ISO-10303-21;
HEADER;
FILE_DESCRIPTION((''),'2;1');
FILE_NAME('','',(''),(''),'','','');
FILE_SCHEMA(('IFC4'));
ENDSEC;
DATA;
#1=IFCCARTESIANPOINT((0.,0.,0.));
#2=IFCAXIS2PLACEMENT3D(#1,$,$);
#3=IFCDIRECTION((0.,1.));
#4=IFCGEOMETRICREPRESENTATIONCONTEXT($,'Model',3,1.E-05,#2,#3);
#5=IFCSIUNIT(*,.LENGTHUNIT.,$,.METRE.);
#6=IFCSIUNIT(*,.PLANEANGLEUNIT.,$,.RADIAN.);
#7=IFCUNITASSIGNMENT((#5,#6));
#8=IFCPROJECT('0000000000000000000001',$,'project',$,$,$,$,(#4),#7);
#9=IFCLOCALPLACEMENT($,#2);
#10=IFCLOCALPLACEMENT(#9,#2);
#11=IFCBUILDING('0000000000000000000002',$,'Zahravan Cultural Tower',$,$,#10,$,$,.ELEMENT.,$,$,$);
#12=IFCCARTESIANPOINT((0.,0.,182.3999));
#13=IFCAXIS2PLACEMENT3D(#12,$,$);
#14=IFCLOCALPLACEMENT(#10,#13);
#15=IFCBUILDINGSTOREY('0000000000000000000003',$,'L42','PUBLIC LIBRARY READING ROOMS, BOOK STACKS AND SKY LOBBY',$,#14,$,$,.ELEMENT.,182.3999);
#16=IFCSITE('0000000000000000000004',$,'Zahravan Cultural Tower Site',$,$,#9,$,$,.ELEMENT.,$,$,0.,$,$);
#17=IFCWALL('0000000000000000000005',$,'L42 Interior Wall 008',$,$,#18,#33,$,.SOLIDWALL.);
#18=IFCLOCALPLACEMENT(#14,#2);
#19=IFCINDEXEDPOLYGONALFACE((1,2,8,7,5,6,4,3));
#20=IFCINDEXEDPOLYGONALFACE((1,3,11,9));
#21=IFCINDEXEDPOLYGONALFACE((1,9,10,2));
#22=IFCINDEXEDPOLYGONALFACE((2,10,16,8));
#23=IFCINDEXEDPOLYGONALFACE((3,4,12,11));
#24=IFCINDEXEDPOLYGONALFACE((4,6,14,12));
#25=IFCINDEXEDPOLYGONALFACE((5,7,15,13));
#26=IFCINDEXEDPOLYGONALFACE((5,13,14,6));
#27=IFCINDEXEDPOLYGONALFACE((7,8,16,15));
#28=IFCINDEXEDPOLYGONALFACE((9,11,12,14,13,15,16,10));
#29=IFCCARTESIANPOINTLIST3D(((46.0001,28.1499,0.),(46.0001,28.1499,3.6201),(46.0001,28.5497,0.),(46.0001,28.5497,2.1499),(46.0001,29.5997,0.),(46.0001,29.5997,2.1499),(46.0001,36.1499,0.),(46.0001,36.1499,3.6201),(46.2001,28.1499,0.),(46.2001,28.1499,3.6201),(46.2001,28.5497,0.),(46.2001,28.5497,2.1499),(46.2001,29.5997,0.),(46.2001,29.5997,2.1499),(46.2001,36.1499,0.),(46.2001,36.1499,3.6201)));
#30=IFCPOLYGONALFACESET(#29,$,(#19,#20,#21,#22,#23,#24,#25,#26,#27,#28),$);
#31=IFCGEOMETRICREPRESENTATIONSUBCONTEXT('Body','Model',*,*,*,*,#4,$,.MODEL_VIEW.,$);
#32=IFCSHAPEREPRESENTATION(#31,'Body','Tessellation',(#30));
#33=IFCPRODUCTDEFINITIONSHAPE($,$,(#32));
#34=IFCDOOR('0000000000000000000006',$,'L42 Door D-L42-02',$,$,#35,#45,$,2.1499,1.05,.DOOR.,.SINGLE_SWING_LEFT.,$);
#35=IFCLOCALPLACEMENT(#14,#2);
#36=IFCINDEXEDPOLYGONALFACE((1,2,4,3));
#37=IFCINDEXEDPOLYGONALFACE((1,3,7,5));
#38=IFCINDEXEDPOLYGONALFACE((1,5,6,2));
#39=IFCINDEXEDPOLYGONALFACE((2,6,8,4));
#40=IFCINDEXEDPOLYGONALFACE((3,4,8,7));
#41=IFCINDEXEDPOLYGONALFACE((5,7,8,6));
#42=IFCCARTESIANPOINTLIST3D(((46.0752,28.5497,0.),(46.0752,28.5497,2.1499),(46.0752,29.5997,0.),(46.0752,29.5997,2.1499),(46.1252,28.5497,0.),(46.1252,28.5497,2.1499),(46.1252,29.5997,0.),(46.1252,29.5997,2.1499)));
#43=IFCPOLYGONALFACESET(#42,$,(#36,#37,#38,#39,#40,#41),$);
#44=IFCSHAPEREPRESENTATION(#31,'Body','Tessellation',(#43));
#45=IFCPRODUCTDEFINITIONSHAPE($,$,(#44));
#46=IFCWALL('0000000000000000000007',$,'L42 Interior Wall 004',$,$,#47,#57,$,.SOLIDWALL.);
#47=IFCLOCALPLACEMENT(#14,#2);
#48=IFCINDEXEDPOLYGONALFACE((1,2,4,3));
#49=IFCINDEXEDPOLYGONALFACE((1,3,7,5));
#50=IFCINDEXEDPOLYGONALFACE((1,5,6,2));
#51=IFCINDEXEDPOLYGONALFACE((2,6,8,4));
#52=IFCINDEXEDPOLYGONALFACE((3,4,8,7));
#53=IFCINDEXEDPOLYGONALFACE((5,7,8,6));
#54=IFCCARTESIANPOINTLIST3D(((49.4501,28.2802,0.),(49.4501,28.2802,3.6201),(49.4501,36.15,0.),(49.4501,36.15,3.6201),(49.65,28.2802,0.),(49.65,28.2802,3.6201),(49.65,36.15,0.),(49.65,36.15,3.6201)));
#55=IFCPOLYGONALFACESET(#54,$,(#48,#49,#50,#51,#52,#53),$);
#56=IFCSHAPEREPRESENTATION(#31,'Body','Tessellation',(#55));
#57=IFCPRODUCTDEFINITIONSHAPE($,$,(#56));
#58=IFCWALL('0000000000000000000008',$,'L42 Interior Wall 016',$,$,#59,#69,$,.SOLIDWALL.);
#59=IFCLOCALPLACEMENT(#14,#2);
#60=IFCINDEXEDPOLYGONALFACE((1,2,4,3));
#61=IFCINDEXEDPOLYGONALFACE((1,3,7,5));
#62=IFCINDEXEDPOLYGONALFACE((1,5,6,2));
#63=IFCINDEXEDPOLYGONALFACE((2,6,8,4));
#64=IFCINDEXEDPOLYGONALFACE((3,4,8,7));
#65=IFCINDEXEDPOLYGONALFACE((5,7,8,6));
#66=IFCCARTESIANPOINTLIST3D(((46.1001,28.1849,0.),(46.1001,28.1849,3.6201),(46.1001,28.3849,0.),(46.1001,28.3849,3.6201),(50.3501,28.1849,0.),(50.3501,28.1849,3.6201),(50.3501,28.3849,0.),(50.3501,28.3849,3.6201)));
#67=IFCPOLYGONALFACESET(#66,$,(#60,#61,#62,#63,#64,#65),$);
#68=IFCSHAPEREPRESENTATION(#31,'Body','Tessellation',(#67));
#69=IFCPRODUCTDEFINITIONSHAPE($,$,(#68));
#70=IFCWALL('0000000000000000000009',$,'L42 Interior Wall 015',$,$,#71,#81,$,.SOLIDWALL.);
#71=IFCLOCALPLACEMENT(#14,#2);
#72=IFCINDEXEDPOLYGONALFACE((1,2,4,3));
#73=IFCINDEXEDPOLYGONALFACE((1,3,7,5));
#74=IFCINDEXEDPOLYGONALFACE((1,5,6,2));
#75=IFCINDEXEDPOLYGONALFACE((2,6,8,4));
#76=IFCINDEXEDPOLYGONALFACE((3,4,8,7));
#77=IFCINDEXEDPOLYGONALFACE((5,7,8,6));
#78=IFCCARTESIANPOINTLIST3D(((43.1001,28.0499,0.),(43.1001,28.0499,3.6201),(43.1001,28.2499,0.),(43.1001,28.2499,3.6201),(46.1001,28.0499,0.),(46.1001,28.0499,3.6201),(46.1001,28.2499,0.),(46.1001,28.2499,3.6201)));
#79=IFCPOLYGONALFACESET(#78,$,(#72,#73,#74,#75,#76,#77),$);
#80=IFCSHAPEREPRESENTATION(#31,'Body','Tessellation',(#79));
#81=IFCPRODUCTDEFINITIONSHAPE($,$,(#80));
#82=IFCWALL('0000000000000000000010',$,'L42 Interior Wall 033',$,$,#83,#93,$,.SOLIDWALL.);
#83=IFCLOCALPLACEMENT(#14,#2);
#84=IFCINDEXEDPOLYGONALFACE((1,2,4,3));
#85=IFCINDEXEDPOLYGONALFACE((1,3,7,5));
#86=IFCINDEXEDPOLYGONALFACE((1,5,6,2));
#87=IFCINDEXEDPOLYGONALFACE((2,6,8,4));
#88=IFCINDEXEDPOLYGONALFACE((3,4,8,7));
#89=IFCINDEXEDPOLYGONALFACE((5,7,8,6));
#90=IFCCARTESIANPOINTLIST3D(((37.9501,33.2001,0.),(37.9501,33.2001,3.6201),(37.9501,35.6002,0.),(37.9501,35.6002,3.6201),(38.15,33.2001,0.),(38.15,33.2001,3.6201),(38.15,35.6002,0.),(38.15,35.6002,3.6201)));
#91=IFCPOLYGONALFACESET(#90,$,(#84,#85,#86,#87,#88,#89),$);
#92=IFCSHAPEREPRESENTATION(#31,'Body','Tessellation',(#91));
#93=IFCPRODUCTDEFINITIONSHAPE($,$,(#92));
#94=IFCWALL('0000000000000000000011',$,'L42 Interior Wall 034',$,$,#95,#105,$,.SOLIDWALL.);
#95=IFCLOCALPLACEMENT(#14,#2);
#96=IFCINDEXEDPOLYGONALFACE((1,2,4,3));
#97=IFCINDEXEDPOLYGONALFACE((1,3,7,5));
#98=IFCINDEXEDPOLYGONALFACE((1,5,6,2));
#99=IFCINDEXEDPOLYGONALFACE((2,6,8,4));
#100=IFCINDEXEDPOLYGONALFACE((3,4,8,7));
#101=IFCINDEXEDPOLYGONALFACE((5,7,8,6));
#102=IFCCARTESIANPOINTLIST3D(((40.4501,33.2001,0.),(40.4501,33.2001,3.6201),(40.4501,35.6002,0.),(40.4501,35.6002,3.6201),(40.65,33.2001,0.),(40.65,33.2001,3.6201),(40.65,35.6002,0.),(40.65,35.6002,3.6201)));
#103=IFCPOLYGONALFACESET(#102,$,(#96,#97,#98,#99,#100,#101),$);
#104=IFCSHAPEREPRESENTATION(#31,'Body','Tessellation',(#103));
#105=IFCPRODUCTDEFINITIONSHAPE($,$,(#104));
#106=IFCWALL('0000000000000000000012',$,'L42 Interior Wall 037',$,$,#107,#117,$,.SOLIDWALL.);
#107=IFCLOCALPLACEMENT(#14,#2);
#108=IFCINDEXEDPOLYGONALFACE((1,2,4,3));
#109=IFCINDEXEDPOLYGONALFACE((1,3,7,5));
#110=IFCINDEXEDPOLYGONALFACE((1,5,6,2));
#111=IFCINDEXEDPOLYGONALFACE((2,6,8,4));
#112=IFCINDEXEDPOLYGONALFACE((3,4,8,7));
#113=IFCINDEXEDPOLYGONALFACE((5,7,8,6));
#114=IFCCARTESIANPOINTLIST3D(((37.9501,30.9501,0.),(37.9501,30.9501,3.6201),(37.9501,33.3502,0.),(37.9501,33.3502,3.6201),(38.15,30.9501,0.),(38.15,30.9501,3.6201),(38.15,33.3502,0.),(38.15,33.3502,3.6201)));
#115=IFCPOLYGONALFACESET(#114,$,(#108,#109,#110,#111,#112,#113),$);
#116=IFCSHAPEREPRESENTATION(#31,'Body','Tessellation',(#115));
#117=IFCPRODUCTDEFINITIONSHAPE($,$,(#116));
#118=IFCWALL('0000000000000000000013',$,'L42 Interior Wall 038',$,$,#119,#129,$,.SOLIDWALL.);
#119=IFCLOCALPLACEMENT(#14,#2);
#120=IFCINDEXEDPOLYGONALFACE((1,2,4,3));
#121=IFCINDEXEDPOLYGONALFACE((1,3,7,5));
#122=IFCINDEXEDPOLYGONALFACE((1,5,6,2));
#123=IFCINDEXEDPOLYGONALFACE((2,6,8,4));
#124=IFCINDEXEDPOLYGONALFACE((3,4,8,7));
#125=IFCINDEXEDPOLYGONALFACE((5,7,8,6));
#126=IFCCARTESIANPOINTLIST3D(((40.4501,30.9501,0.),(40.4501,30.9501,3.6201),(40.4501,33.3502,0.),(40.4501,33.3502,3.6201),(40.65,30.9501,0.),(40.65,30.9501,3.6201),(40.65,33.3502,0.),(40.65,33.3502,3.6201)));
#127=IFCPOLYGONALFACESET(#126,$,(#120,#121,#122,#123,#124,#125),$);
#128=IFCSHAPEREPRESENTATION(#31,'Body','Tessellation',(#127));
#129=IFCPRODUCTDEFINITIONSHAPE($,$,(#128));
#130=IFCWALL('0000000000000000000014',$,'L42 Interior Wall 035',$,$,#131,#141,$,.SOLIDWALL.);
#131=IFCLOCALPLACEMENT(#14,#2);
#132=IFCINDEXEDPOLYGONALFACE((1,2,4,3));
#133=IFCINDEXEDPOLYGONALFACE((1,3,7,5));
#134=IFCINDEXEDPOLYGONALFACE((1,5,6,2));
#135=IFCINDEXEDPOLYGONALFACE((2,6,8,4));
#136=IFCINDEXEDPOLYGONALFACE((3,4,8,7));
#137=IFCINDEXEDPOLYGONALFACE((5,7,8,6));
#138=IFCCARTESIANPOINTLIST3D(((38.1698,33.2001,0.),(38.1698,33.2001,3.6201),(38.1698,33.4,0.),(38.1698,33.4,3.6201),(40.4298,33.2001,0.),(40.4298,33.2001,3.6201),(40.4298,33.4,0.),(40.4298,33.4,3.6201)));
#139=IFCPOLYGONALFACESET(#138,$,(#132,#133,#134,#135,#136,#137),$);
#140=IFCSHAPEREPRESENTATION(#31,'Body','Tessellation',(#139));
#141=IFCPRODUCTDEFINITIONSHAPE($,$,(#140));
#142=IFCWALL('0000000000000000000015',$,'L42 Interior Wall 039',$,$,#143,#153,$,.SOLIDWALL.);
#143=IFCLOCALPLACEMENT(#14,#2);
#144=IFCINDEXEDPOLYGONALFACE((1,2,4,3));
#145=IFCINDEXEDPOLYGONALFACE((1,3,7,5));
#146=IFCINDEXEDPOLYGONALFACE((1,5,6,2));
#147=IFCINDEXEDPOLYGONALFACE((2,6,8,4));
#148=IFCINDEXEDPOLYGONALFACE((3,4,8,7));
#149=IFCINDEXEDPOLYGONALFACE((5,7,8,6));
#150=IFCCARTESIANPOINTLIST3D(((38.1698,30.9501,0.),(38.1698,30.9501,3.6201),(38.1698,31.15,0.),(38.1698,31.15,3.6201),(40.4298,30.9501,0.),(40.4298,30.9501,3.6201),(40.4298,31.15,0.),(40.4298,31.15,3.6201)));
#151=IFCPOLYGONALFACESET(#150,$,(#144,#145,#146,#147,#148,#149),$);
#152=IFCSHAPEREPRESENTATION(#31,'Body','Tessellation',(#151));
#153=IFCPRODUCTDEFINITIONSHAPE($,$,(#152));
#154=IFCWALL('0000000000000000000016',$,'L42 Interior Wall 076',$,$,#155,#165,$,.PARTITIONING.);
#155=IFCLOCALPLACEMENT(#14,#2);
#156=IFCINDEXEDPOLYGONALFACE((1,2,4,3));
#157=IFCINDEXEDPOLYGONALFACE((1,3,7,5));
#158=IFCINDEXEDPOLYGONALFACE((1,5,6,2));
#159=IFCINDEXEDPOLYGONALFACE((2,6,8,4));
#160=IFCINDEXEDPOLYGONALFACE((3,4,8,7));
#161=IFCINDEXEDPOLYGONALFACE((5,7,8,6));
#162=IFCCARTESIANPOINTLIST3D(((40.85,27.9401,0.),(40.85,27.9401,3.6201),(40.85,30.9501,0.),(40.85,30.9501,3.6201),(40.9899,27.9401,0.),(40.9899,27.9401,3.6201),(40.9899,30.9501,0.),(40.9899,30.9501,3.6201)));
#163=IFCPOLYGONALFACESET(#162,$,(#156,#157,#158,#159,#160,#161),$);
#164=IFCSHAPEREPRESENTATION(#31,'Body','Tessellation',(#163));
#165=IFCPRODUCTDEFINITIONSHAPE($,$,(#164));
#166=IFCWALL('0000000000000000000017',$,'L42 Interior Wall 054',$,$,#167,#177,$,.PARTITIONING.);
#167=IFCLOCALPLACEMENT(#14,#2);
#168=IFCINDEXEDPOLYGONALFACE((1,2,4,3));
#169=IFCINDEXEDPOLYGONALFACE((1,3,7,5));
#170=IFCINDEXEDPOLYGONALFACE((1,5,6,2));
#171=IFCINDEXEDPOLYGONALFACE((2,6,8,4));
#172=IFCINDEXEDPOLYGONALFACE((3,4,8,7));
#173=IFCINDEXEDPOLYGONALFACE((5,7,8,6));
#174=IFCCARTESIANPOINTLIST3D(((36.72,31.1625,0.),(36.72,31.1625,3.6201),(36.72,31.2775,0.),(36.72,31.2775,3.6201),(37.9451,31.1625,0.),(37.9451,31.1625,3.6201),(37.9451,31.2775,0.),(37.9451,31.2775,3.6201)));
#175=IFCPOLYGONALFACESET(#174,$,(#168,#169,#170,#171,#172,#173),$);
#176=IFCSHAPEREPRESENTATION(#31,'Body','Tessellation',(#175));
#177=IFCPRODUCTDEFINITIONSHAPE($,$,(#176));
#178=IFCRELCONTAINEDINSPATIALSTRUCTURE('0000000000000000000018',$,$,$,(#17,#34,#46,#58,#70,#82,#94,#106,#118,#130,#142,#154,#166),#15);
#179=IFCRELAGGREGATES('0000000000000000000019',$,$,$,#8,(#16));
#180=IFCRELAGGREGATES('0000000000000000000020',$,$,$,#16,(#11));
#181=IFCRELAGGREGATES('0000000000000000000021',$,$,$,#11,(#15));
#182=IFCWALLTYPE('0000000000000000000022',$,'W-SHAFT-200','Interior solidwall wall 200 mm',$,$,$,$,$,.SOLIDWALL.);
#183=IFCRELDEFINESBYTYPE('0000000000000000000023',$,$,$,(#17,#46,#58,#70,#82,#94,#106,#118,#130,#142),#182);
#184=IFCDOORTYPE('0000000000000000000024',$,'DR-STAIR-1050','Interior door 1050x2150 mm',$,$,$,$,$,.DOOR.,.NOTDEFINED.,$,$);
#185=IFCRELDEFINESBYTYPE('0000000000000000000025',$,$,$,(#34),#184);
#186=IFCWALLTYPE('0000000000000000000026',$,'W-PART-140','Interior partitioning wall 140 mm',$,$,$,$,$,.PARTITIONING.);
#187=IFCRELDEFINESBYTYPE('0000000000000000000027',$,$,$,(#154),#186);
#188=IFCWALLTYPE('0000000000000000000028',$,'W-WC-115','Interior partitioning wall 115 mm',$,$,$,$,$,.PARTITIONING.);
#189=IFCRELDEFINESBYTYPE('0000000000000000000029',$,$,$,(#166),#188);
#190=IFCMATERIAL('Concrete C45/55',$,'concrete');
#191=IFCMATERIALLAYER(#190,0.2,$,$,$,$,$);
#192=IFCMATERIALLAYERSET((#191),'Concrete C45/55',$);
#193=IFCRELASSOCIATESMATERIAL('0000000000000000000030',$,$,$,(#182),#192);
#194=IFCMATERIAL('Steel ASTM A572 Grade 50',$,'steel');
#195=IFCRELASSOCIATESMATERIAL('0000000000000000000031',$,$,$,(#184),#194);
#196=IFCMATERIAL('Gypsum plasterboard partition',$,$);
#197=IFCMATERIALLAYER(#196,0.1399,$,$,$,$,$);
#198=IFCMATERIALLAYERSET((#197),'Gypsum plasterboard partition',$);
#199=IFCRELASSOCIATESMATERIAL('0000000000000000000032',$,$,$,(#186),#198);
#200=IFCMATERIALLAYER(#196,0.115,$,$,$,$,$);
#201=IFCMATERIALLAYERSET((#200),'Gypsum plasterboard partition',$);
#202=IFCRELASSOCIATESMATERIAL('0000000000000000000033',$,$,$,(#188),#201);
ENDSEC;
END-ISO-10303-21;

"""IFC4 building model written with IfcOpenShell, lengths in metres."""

from ifc_helpers import new_model, si_unit, direction, frame, frame_2d, origin, place, context, subcontext, project, spatial, rectangle, extrude, source, transform, mapped, material, layer, layer_set, type_object, element, fill, save


model = new_model("IFC4")

# Units and contexts
model_context = context("Model", 3, precision=1e-05, world=origin(), true_north=direction((0.0, 1.0)))
body_context = subcontext(model_context, "Body", "Model", "MODEL_VIEW")
ifc_project = project(units=[si_unit("LENGTHUNIT", "METRE"), si_unit("PLANEANGLEUNIT", "RADIAN")], contexts=[model_context])

# Site, building, storey
site_placement = place(None, origin())
site = spatial("IfcSite", under=ifc_project, at=site_placement, Name="Zahravan Cultural Tower Site", CompositionType="ELEMENT", RefElevation=0.0)
building_placement = place(site_placement, origin())
building = spatial("IfcBuilding", under=site, at=building_placement, Name="Zahravan Cultural Tower", CompositionType="ELEMENT")
storey_placement = place(building_placement, frame((0.0, 0.0, 182.3999)))
storey = spatial("IfcBuildingStorey", under=building, at=storey_placement, Name="L42", Description="PUBLIC LIBRARY READING ROOMS, BOOK STACKS AND SKY LOBBY", CompositionType="ELEMENT", Elevation=182.3999)

# Wall, opening, door
ifc_material_1 = material(Name="Concrete C45/55", Category="concrete")
ifc_layer_1 = layer(ifc_material_1, 0.2)
ifc_layer_set_1 = layer_set([ifc_layer_1], Name="Concrete C45/55")
wall_type_1 = type_object("IfcWallType", Name="W-SHAFT-200", Description="Interior solidwall wall 200 mm", PredefinedType="SOLIDWALL", material=ifc_layer_set_1)
wall_1_placement = place(storey_placement, frame((46.1001, 28.1499, 0.0), z_axis=(0.0, 0.0, 1.0), x_axis=(0.0, 1.0, 0.0)))
wall_1 = element("IfcWall", 1, at=wall_1_placement, inside=storey, type_object=wall_type_1, Name="L42 Interior Wall 008", PredefinedType="SOLIDWALL", context=body_context, shape_type="SweptSolid", body=[
    extrude(rectangle(XDim=8.0, YDim=0.2, at=frame_2d((4.0, 0.0))), origin(), (0.0, 0.0, 1.0), 3.6201),
])
opening_1_placement = place(wall_1_placement, frame((0.3999, 0.0, 0.0)))
opening_1 = element("IfcOpeningElement", 2, at=opening_1_placement, cuts=wall_1, PredefinedType="OPENING", context=body_context, shape_type="SweptSolid", body=[
    extrude(rectangle(XDim=1.05, YDim=2.1499, at=frame_2d((0.5249, 1.075))), frame((0.0, 0.1099, 0.0), z_axis=(0.0, -1.0, 0.0), x_axis=(1.0, 0.0, 0.0)), (0.0, 0.0, 1.0), 0.22),
])
ifc_material_2 = material(Name="Steel ASTM A572 Grade 50", Category="steel")
door_type_1 = type_object("IfcDoorType", Name="DR-STAIR-1050", Description="Interior door 1050x2150 mm", OperationType="NOTDEFINED", PredefinedType="DOOR", material=ifc_material_2)
shared_shape_1 = source(origin(), body_context, "Body", "SweptSolid", [
    extrude(rectangle(XDim=1.05, YDim=2.1499, at=frame_2d((0.5249, 1.075))), frame((0.0, 0.0249, 0.0), z_axis=(0.0, -1.0, 0.0), x_axis=(1.0, 0.0, 0.0)), (0.0, 0.0, 1.0), 0.05),
])
door_1_placement = place(opening_1_placement, origin())
door_1 = element("IfcDoor", 3, at=door_1_placement, inside=storey, type_object=door_type_1, Name="L42 Door D-L42-02", OperationType="SINGLE_SWING_LEFT", OverallHeight=2.1499, OverallWidth=1.05, PredefinedType="DOOR", context=body_context, shape_type="MappedRepresentation", body=[
    mapped(shared_shape_1, transform((0.0, 0.0, 0.0), x_axis=(1.0, 0.0, 0.0), y_axis=(0.0, 1.0, 0.0), z_axis=(0.0, 0.0, 1.0), scale=1.0)),
])
fill(opening_1, door_1)

# Walls
shared_shape_2 = source(origin(), body_context, "Body", "SweptSolid", [
    extrude(rectangle(XDim=7.8699, YDim=0.2, at=frame_2d((3.9351, 0.0))), origin(), (0.0, 0.0, 1.0), 3.6201),
])
wall_2_placement = place(storey_placement, frame((49.55, 28.28, 0.0), z_axis=(0.0, 0.0, 1.0), x_axis=(0.0, 1.0, 0.0)))
element("IfcWall", 4, at=wall_2_placement, inside=storey, type_object=wall_type_1, Name="L42 Interior Wall 004", PredefinedType="SOLIDWALL", context=body_context, shape_type="MappedRepresentation", body=[
    mapped(shared_shape_2, transform((0.0, 0.0, 0.0), x_axis=(1.0, 0.0, 0.0), y_axis=(0.0, 1.0, 0.0), z_axis=(0.0, 0.0, 1.0), scale=1.0)),
])
shared_shape_3 = source(origin(), body_context, "Body", "SweptSolid", [
    extrude(rectangle(XDim=4.25, YDim=0.2, at=frame_2d((2.125, 0.0))), origin(), (0.0, 0.0, 1.0), 3.6201),
])
wall_3_placement = place(storey_placement, frame((46.1001, 28.2849, 0.0), z_axis=(0.0, 0.0, 1.0), x_axis=(1.0, 0.0, 0.0)))
element("IfcWall", 5, at=wall_3_placement, inside=storey, type_object=wall_type_1, Name="L42 Interior Wall 016", PredefinedType="SOLIDWALL", context=body_context, shape_type="MappedRepresentation", body=[
    mapped(shared_shape_3, transform((0.0, 0.0, 0.0), x_axis=(1.0, 0.0, 0.0), y_axis=(0.0, 1.0, 0.0), z_axis=(0.0, 0.0, 1.0), scale=1.0)),
])
shared_shape_4 = source(origin(), body_context, "Body", "SweptSolid", [
    extrude(rectangle(XDim=3.0, YDim=0.2, at=frame_2d((1.5, 0.0))), origin(), (0.0, 0.0, 1.0), 3.6201),
])
wall_4_placement = place(storey_placement, frame((43.1001, 28.1499, 0.0), z_axis=(0.0, 0.0, 1.0), x_axis=(1.0, 0.0, 0.0)))
element("IfcWall", 6, at=wall_4_placement, inside=storey, type_object=wall_type_1, Name="L42 Interior Wall 015", PredefinedType="SOLIDWALL", context=body_context, shape_type="MappedRepresentation", body=[
    mapped(shared_shape_4, transform((0.0, 0.0, 0.0), x_axis=(1.0, 0.0, 0.0), y_axis=(0.0, 1.0, 0.0), z_axis=(0.0, 0.0, 1.0), scale=1.0)),
])
shared_shape_5 = source(origin(), body_context, "Body", "SweptSolid", [
    extrude(rectangle(XDim=2.4001, YDim=0.2, at=frame_2d((1.2002, 0.0))), origin(), (0.0, 0.0, 1.0), 3.6201),
])
for number, where, z_axis, x_axis, name in (
    (7, (38.05, 33.2, 0.0), (0.0, 0.0, 1.0), (0.0, 1.0, 0.0), "L42 Interior Wall 033"),
    (8, (40.55, 33.2, 0.0), (0.0, 0.0, 1.0), (0.0, 1.0, 0.0), "L42 Interior Wall 034"),
    (9, (38.05, 30.95, 0.0), (0.0, 0.0, 1.0), (0.0, 1.0, 0.0), "L42 Interior Wall 037"),
    (10, (40.55, 30.95, 0.0), (0.0, 0.0, 1.0), (0.0, 1.0, 0.0), "L42 Interior Wall 038"),
):
    element("IfcWall", number, at=place(storey_placement, frame(where, z_axis=z_axis, x_axis=x_axis)), inside=storey, type_object=wall_type_1, Name=name, PredefinedType="SOLIDWALL", context=body_context, shape_type="MappedRepresentation", body=[
        mapped(shared_shape_5, transform((0.0, 0.0, 0.0), x_axis=(1.0, 0.0, 0.0), y_axis=(0.0, 1.0, 0.0), z_axis=(0.0, 0.0, 1.0), scale=1.0)),
    ])
shared_shape_6 = source(origin(), body_context, "Body", "SweptSolid", [
    extrude(rectangle(XDim=2.26, YDim=0.2, at=frame_2d((1.1299, 0.0))), origin(), (0.0, 0.0, 1.0), 3.6201),
])
for number, where, z_axis, x_axis, name in (
    (11, (38.1699, 33.3, 0.0), (0.0, 0.0, 1.0), (1.0, 0.0, 0.0), "L42 Interior Wall 035"),
    (12, (38.1699, 31.05, 0.0), (0.0, 0.0, 1.0), (1.0, 0.0, 0.0), "L42 Interior Wall 039"),
):
    element("IfcWall", number, at=place(storey_placement, frame(where, z_axis=z_axis, x_axis=x_axis)), inside=storey, type_object=wall_type_1, Name=name, PredefinedType="SOLIDWALL", context=body_context, shape_type="MappedRepresentation", body=[
        mapped(shared_shape_6, transform((0.0, 0.0, 0.0), x_axis=(1.0, 0.0, 0.0), y_axis=(0.0, 1.0, 0.0), z_axis=(0.0, 0.0, 1.0), scale=1.0)),
    ])
ifc_material_3 = material(Name="Gypsum plasterboard partition")
ifc_layer_2 = layer(ifc_material_3, 0.1399)
ifc_layer_set_2 = layer_set([ifc_layer_2], Name="Gypsum plasterboard partition")
wall_type_2 = type_object("IfcWallType", Name="W-PART-140", Description="Interior partitioning wall 140 mm", PredefinedType="PARTITIONING", material=ifc_layer_set_2)
shared_shape_7 = source(origin(), body_context, "Body", "SweptSolid", [
    extrude(rectangle(XDim=3.01, YDim=0.1399, at=frame_2d((1.5049, 0.0))), origin(), (0.0, 0.0, 1.0), 3.6201),
])
wall_5_placement = place(storey_placement, frame((40.9199, 30.95, 0.0), z_axis=(0.0, 0.0, 1.0), x_axis=(0.0, -1.0, 0.0)))
element("IfcWall", 13, at=wall_5_placement, inside=storey, type_object=wall_type_2, Name="L42 Interior Wall 076", PredefinedType="PARTITIONING", context=body_context, shape_type="MappedRepresentation", body=[
    mapped(shared_shape_7, transform((0.0, 0.0, 0.0), x_axis=(1.0, 0.0, 0.0), y_axis=(0.0, 1.0, 0.0), z_axis=(0.0, 0.0, 1.0), scale=1.0)),
])
ifc_layer_3 = layer(ifc_material_3, 0.115)
ifc_layer_set_3 = layer_set([ifc_layer_3], Name="Gypsum plasterboard partition")
wall_type_3 = type_object("IfcWallType", Name="W-WC-115", Description="Interior partitioning wall 115 mm", PredefinedType="PARTITIONING", material=ifc_layer_set_3)
shared_shape_8 = source(origin(), body_context, "Body", "SweptSolid", [
    extrude(rectangle(XDim=1.2251, YDim=0.115, at=frame_2d((0.6125, 0.0))), origin(), (0.0, 0.0, 1.0), 3.6201),
])
wall_6_placement = place(storey_placement, frame((37.9451, 31.22, 0.0), z_axis=(0.0, 0.0, 1.0), x_axis=(-1.0, 0.0, 0.0)))
element("IfcWall", 14, at=wall_6_placement, inside=storey, type_object=wall_type_3, Name="L42 Interior Wall 054", PredefinedType="PARTITIONING", context=body_context, shape_type="MappedRepresentation", body=[
    mapped(shared_shape_8, transform((0.0, 0.0, 0.0), x_axis=(1.0, 0.0, 0.0), y_axis=(0.0, 1.0, 0.0), z_axis=(0.0, 0.0, 1.0), scale=1.0)),
])

save(model, "model.ifc")
